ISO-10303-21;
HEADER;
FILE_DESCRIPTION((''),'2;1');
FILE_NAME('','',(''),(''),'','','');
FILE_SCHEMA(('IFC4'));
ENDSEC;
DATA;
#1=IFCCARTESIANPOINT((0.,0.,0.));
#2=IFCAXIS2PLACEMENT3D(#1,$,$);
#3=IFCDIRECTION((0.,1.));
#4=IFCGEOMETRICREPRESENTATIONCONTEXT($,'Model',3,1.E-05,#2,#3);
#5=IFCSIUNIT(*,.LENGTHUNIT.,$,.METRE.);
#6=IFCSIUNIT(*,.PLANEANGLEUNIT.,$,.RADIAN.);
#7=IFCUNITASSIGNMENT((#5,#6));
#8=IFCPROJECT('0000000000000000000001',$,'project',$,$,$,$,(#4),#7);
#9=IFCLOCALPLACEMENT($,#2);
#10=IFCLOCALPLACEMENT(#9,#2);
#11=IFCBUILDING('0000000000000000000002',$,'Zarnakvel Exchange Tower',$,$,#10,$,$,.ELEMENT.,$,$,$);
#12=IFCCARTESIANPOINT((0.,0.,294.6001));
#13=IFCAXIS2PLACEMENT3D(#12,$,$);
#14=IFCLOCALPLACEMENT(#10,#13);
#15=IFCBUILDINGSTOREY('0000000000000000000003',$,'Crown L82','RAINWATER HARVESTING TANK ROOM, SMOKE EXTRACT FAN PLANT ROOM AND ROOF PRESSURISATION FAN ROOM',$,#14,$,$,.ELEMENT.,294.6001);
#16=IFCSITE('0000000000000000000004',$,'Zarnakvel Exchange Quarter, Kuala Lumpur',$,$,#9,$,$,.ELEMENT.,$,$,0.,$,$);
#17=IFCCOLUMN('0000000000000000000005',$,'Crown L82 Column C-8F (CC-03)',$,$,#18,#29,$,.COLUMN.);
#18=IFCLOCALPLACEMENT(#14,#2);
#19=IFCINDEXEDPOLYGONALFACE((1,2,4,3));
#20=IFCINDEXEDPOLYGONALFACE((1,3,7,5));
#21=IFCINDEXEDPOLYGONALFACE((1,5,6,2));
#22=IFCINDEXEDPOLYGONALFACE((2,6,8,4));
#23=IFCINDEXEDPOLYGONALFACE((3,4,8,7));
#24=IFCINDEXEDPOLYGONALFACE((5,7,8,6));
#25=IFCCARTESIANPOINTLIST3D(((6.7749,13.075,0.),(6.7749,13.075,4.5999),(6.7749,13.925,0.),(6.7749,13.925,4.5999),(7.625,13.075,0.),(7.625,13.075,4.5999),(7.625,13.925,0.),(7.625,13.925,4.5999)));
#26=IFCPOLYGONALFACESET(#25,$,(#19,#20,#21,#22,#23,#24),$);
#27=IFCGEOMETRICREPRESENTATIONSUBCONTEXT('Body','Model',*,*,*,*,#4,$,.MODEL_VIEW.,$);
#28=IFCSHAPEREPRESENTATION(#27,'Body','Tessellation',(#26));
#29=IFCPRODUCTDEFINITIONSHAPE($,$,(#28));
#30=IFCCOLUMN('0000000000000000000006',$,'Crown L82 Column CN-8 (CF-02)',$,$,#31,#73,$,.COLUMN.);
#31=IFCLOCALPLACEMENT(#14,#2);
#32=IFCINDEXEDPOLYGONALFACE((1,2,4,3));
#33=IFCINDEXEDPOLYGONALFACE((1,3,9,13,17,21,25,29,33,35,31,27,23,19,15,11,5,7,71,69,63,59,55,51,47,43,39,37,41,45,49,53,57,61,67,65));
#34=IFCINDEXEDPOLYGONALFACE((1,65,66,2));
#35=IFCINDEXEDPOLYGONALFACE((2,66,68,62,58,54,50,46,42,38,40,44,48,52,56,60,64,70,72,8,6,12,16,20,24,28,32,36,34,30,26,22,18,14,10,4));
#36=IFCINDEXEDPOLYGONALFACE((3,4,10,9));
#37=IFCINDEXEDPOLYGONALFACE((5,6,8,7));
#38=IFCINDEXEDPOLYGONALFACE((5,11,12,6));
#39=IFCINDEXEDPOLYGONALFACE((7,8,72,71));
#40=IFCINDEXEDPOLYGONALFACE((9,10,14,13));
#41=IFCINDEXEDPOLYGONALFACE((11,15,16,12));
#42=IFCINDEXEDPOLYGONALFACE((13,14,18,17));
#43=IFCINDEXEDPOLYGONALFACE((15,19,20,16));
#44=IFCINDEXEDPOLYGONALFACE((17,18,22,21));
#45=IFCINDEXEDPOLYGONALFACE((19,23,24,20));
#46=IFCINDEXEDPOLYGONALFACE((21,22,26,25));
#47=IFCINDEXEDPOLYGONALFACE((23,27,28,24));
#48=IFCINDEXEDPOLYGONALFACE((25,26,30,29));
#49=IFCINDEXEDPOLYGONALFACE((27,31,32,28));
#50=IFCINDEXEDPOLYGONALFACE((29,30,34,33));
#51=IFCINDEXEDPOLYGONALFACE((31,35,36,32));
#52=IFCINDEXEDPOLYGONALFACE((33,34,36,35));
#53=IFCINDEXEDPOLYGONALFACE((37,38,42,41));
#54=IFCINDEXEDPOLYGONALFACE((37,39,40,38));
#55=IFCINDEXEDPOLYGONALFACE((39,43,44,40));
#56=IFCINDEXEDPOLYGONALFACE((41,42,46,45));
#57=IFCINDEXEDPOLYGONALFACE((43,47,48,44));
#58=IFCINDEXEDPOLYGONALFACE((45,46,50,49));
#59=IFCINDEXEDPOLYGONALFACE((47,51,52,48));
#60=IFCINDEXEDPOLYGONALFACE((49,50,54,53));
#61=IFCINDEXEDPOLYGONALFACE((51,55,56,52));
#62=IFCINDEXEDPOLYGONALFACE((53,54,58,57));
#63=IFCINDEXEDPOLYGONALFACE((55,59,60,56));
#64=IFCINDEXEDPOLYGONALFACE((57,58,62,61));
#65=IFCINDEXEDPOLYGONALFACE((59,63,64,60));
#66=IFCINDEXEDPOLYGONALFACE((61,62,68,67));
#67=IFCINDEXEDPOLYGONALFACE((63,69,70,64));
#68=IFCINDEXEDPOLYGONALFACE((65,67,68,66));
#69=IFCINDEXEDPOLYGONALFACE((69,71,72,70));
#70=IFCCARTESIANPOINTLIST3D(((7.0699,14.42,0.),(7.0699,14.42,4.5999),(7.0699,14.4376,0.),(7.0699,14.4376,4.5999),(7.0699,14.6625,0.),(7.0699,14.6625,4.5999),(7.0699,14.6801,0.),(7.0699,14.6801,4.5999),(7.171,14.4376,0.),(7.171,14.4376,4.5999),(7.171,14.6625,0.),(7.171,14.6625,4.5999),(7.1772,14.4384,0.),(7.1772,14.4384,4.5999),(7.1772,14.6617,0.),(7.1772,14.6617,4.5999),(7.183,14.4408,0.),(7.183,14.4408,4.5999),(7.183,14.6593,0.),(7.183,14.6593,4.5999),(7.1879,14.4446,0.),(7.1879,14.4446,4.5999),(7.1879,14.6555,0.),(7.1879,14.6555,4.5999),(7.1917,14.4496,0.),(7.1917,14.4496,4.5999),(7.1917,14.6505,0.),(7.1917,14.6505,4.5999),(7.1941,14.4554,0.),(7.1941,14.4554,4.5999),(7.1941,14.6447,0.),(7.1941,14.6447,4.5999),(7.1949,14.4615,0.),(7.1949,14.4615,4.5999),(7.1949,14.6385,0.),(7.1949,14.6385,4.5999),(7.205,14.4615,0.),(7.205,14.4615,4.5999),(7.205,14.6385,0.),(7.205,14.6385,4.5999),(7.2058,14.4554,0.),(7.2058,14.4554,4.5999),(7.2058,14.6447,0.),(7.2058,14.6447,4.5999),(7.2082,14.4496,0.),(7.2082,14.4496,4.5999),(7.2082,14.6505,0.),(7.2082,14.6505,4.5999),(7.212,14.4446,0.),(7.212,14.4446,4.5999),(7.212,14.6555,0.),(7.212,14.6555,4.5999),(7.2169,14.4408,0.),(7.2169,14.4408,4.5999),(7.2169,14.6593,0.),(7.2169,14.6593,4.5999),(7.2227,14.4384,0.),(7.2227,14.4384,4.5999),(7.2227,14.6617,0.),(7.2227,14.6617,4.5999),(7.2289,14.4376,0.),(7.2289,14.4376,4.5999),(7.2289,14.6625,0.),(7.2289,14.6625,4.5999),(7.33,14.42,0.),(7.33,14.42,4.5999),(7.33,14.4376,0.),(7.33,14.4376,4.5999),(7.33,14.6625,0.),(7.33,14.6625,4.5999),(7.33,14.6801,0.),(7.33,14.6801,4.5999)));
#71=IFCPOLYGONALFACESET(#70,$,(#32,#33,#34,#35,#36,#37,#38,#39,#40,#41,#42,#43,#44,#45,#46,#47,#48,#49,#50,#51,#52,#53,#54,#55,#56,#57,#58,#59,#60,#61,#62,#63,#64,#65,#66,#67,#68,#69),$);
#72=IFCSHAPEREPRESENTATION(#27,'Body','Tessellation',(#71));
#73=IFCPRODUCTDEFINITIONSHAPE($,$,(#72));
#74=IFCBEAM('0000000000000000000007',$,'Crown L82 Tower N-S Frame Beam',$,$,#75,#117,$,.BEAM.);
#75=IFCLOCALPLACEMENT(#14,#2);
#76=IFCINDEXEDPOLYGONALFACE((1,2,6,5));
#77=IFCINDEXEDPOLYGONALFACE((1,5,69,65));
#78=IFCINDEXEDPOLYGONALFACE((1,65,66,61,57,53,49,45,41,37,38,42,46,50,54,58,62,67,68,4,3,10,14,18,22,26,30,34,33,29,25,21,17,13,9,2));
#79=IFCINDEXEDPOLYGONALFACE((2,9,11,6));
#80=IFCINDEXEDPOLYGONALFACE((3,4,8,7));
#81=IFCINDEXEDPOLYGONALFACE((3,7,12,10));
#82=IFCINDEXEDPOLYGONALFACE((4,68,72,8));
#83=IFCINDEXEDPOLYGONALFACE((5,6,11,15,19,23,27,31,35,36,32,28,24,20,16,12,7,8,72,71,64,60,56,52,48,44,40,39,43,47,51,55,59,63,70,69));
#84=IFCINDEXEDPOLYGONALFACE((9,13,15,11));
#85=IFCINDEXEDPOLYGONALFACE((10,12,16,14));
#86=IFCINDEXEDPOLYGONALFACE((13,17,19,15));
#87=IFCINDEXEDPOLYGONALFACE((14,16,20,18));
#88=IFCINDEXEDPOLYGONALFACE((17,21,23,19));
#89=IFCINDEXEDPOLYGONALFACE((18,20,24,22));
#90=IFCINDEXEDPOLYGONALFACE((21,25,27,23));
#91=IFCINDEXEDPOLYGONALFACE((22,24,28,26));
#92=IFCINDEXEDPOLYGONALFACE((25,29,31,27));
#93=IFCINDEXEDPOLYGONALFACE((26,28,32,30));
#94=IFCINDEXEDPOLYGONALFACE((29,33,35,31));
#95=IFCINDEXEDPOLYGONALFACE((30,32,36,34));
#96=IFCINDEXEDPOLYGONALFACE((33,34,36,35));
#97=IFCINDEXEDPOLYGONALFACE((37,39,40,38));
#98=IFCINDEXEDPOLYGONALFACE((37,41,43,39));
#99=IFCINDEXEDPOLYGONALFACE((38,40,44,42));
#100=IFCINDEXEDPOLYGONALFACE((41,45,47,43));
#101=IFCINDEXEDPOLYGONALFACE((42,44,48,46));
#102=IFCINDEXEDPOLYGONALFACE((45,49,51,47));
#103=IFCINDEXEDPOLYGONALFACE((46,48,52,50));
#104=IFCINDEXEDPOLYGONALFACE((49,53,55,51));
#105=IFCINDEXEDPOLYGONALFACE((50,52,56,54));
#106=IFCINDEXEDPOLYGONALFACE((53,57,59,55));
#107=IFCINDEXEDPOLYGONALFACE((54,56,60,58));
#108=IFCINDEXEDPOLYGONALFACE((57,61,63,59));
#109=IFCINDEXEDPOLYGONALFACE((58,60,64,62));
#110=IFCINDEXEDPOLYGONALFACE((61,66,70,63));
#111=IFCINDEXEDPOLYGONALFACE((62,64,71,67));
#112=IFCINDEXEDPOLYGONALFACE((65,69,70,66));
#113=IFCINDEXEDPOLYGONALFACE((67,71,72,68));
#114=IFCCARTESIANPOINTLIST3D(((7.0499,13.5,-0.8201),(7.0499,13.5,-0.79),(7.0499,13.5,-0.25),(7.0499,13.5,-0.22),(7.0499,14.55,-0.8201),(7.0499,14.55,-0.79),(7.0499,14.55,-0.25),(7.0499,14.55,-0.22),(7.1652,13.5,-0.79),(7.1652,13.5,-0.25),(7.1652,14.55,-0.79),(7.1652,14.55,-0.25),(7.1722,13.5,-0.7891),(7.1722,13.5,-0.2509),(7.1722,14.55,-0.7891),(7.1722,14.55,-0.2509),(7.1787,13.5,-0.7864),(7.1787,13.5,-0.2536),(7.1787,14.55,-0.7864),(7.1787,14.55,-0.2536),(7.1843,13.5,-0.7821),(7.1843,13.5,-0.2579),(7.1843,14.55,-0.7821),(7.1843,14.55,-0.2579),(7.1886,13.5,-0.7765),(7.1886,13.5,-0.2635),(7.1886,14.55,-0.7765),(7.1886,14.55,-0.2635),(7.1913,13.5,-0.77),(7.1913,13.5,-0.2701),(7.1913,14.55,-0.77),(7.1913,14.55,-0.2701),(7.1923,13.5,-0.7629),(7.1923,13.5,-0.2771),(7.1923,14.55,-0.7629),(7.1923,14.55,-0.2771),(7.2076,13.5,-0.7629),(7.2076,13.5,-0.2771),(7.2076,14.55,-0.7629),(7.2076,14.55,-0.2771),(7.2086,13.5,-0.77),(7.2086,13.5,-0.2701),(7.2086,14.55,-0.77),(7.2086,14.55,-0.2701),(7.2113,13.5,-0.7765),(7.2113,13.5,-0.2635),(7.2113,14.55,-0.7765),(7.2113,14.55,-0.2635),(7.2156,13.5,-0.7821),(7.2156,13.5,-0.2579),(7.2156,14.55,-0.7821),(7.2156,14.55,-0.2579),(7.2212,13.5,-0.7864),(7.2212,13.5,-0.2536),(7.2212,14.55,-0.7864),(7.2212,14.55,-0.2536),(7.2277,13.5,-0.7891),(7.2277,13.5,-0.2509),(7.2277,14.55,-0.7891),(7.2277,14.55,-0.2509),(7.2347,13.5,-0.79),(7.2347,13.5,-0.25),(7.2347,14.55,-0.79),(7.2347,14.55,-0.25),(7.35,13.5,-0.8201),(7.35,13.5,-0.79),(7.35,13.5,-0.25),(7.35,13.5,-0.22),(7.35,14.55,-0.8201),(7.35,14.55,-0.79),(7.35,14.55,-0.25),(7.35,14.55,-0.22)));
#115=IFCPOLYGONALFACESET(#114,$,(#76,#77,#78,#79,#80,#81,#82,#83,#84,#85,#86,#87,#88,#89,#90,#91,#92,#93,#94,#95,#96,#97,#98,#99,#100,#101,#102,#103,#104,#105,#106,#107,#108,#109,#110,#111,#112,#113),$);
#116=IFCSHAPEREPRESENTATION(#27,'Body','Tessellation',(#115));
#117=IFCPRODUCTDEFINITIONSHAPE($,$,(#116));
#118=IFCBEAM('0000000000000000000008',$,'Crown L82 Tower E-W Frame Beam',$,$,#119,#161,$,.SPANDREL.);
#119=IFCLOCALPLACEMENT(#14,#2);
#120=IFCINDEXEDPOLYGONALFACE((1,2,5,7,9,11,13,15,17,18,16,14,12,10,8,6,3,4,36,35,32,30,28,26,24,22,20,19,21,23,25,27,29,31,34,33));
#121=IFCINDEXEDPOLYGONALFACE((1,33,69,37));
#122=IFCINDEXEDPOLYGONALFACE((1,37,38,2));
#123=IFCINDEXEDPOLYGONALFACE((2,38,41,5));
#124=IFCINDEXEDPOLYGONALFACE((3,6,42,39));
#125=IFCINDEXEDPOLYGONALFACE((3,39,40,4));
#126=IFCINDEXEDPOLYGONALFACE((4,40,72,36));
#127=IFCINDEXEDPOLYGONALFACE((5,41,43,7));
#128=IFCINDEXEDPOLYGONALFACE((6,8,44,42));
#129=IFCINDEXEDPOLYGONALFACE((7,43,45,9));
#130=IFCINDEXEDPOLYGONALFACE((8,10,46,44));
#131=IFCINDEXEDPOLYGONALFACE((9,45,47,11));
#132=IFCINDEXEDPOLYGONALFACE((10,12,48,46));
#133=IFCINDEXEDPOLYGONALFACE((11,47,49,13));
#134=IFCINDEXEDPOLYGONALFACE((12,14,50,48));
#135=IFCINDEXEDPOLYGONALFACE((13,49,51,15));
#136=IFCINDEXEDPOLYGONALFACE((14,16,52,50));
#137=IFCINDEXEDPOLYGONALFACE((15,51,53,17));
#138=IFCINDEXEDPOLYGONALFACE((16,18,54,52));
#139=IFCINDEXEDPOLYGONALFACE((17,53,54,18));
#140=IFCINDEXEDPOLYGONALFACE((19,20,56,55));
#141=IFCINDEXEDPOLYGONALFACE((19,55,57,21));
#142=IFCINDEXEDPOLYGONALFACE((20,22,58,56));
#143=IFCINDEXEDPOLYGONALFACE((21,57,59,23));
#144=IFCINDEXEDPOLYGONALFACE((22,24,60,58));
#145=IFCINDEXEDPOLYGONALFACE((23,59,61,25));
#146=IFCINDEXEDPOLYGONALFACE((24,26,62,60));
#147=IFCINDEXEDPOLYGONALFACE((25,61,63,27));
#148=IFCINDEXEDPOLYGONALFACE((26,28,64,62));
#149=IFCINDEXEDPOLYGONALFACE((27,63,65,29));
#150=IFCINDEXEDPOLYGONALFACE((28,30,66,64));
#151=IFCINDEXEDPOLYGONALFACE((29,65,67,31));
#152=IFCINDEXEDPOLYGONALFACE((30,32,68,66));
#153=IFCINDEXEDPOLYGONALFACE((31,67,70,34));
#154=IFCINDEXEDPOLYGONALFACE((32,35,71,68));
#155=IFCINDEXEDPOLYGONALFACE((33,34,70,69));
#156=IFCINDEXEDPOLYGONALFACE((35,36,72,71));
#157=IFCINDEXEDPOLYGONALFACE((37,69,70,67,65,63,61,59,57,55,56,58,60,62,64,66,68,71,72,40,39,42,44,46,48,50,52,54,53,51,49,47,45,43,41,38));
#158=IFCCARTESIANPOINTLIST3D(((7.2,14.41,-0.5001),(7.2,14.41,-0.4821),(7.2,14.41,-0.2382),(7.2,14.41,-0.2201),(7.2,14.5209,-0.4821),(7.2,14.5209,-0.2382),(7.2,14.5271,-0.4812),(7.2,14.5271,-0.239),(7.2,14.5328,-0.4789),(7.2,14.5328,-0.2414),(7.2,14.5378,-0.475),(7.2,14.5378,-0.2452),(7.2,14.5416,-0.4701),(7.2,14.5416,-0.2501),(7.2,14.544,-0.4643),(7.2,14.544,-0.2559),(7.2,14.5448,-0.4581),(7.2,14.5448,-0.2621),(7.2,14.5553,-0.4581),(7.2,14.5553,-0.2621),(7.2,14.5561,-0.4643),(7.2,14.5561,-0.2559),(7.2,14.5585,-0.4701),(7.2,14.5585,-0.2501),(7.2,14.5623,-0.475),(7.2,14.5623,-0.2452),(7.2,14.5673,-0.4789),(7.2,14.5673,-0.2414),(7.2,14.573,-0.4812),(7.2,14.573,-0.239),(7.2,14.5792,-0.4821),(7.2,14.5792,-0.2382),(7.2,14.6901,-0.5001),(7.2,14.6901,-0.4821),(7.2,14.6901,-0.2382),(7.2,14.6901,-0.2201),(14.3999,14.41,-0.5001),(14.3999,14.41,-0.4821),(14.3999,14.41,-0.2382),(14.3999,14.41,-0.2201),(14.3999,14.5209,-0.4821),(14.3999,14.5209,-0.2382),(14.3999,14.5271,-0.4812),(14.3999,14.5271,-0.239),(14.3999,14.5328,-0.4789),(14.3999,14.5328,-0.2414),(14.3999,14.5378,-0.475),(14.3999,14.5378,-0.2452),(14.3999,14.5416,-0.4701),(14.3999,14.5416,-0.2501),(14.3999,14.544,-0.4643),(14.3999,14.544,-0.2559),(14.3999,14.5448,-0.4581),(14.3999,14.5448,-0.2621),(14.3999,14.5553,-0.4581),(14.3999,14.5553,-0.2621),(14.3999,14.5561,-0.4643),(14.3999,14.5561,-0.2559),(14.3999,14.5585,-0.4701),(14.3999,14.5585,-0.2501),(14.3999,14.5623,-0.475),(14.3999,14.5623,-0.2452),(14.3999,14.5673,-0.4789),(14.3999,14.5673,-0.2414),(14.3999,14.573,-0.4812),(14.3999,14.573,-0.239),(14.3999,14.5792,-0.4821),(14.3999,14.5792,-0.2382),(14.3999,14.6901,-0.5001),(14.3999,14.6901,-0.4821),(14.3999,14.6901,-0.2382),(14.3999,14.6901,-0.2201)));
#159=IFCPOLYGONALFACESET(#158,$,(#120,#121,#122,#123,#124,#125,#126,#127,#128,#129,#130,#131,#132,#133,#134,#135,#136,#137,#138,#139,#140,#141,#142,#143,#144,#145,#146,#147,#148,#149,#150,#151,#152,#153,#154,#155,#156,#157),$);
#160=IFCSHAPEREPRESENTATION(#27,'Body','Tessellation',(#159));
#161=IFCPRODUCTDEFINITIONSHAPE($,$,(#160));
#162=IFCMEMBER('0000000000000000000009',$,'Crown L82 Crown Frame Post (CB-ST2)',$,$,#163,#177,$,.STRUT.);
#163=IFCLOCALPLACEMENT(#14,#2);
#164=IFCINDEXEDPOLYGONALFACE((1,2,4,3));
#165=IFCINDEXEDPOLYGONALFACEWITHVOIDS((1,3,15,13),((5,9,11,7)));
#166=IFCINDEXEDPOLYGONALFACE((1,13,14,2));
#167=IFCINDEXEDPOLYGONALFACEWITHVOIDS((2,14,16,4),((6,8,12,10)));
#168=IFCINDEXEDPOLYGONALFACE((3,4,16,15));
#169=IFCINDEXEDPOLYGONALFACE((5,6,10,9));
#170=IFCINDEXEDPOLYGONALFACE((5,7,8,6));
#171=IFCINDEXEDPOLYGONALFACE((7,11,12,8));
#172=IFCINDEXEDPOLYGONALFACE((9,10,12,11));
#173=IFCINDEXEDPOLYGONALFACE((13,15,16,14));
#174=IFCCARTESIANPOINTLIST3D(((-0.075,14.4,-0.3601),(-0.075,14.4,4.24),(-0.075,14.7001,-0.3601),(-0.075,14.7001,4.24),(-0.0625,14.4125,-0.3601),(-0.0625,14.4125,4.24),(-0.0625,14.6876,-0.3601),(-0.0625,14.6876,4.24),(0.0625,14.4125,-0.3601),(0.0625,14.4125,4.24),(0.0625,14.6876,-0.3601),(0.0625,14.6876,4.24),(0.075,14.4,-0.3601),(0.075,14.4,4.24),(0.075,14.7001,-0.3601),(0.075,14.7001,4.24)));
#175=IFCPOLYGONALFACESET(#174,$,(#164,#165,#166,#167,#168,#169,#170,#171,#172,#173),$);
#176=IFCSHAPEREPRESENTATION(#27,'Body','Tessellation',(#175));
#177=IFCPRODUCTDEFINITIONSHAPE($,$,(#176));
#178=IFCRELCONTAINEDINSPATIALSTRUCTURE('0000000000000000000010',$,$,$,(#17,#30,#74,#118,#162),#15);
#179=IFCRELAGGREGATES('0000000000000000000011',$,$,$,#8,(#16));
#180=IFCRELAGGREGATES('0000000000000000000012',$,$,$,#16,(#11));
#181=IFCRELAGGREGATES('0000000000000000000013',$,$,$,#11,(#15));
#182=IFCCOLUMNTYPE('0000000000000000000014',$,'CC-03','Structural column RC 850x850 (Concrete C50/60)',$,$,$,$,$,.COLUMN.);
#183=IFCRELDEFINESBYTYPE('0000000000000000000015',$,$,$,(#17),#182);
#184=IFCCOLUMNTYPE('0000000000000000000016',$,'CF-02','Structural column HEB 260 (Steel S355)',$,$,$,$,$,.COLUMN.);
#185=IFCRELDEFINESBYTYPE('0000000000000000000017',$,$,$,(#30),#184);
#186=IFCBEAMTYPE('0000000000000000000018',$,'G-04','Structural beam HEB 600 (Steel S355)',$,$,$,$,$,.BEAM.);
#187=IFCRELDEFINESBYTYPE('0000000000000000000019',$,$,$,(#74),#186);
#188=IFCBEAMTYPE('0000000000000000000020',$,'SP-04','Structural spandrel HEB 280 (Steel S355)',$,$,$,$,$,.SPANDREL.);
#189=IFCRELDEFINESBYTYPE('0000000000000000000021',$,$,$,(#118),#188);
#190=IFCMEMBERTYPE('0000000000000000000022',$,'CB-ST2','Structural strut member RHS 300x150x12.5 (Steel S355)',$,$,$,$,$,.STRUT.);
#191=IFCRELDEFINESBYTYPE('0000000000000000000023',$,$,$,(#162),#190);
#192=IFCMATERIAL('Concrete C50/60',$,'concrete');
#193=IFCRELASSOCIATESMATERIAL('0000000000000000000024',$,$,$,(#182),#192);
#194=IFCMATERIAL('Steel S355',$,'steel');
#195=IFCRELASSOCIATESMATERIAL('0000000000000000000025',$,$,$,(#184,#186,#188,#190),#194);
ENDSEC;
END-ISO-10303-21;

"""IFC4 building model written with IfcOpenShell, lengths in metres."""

from ifc_helpers import new_model, si_unit, direction, frame, origin, origin_2d, place, context, subcontext, project, spatial, rectangle, hollow_rectangle, i_section, extrude, source, transform, mapped, material, material_profile, profile_set, type_object, element, save


model = new_model("IFC4")

# Units and contexts
model_context = context("Model", 3, precision=1e-05, world=origin(), true_north=direction((0.0, 1.0)))
body_context = subcontext(model_context, "Body", "Model", "MODEL_VIEW")
ifc_project = project(units=[si_unit("LENGTHUNIT", "METRE"), si_unit("PLANEANGLEUNIT", "RADIAN")], contexts=[model_context])

# Site, building, storey
site_placement = place(None, origin())
site = spatial("IfcSite", under=ifc_project, at=site_placement, Name="Zarnakvel Exchange Quarter, Kuala Lumpur", CompositionType="ELEMENT", RefElevation=0.0)
building_placement = place(site_placement, origin())
building = spatial("IfcBuilding", under=site, at=building_placement, Name="Zarnakvel Exchange Tower", CompositionType="ELEMENT")
storey_placement = place(building_placement, frame((0.0, 0.0, 294.6001)))
storey = spatial("IfcBuildingStorey", under=building, at=storey_placement, Name="Crown L82", Description="RAINWATER HARVESTING TANK ROOM, SMOKE EXTRACT FAN PLANT ROOM AND ROOF PRESSURISATION FAN ROOM", CompositionType="ELEMENT", Elevation=294.6001)

# Columns
ifc_material_1 = material(Name="Concrete C50/60", Category="concrete")
ifc_material_profile_1 = material_profile(ifc_material_1, rectangle(XDim=0.8501, YDim=0.8501, at=origin_2d()))
ifc_profile_set_1 = profile_set([ifc_material_profile_1], Name="Concrete C50/60")
column_type_1 = type_object("IfcColumnType", Name="CC-03", Description="Structural column RC 850x850 (Concrete C50/60)", PredefinedType="COLUMN", material=ifc_profile_set_1)
column_1_placement = place(storey_placement, frame((7.2, 13.5, 0.0), z_axis=(0.0, 0.0, 1.0), x_axis=(1.0, 0.0, 0.0)))
element("IfcColumn", 1, at=column_1_placement, inside=storey, type_object=column_type_1, Name="Crown L82 Column C-8F (CC-03)", PredefinedType="COLUMN", context=body_context, shape_type="SweptSolid", body=[
    extrude(rectangle(XDim=0.8501, YDim=0.8501, at=origin_2d()), origin(), (0.0, 0.0, 1.0), 4.5999),
])
ifc_material_2 = material(Name="Steel S355", Category="steel")
ifc_material_profile_2 = material_profile(ifc_material_2, i_section(OverallWidth=0.26, OverallDepth=0.26, WebThickness=0.01, FlangeThickness=0.0176, FilletRadius=0.0239, at=origin_2d()))
ifc_profile_set_2 = profile_set([ifc_material_profile_2], Name="Steel S355")
column_type_2 = type_object("IfcColumnType", Name="CF-02", Description="Structural column HEB 260 (Steel S355)", PredefinedType="COLUMN", material=ifc_profile_set_2)
column_2_placement = place(storey_placement, frame((7.2, 14.55, 0.0), z_axis=(0.0, 0.0, 1.0), x_axis=(1.0, 0.0, 0.0)))
element("IfcColumn", 2, at=column_2_placement, inside=storey, type_object=column_type_2, Name="Crown L82 Column CN-8 (CF-02)", PredefinedType="COLUMN", context=body_context, shape_type="SweptSolid", body=[
    extrude(i_section(OverallWidth=0.26, OverallDepth=0.26, WebThickness=0.01, FlangeThickness=0.0176, FilletRadius=0.0239, at=origin_2d()), origin(), (0.0, 0.0, 1.0), 4.5999),
])

# Beams
ifc_material_profile_3 = material_profile(ifc_material_2, i_section(OverallWidth=0.3, OverallDepth=0.6001, WebThickness=0.0154, FlangeThickness=0.03, FilletRadius=0.0271, at=origin_2d()))
ifc_profile_set_3 = profile_set([ifc_material_profile_3], Name="Steel S355")
beam_type_1 = type_object("IfcBeamType", Name="G-04", Description="Structural beam HEB 600 (Steel S355)", PredefinedType="BEAM", material=ifc_profile_set_3)
beam_1_placement = place(storey_placement, frame((7.2, 13.5, -0.52), z_axis=(0.0, 1.0, 0.0), x_axis=(-1.0, 0.0, 0.0)))
element("IfcBeam", 3, at=beam_1_placement, inside=storey, type_object=beam_type_1, Name="Crown L82 Tower N-S Frame Beam", PredefinedType="BEAM", context=body_context, shape_type="SweptSolid", body=[
    extrude(i_section(OverallWidth=0.3, OverallDepth=0.6001, WebThickness=0.0154, FlangeThickness=0.03, FilletRadius=0.0271, at=origin_2d()), origin(), (0.0, 0.0, 1.0), 1.05),
])
ifc_material_profile_4 = material_profile(ifc_material_2, i_section(OverallWidth=0.28, OverallDepth=0.28, WebThickness=0.0105, FlangeThickness=0.0181, FilletRadius=0.0239, at=origin_2d()))
ifc_profile_set_4 = profile_set([ifc_material_profile_4], Name="Steel S355")
beam_type_2 = type_object("IfcBeamType", Name="SP-04", Description="Structural spandrel HEB 280 (Steel S355)", PredefinedType="SPANDREL", material=ifc_profile_set_4)
beam_2_placement = place(storey_placement, frame((7.2, 14.55, -0.3601), z_axis=(1.0, 0.0, 0.0), x_axis=(0.0, 1.0, 0.0)))
element("IfcBeam", 4, at=beam_2_placement, inside=storey, type_object=beam_type_2, Name="Crown L82 Tower E-W Frame Beam", PredefinedType="SPANDREL", context=body_context, shape_type="SweptSolid", body=[
    extrude(i_section(OverallWidth=0.28, OverallDepth=0.28, WebThickness=0.0105, FlangeThickness=0.0181, FilletRadius=0.0239, at=origin_2d()), origin(), (0.0, 0.0, 1.0), 7.2),
])

# Member
ifc_material_profile_5 = material_profile(ifc_material_2, hollow_rectangle(XDim=0.1499, YDim=0.3, WallThickness=0.0125, at=origin_2d()))
ifc_profile_set_5 = profile_set([ifc_material_profile_5], Name="Steel S355")
member_type = type_object("IfcMemberType", Name="CB-ST2", Description="Structural strut member RHS 300x150x12.5 (Steel S355)", PredefinedType="STRUT", material=ifc_profile_set_5)
shared_shape_1 = source(origin(), body_context, "Body", "SweptSolid", [
    extrude(hollow_rectangle(XDim=0.1499, YDim=0.3, WallThickness=0.0125, at=origin_2d()), origin(), (0.0, 0.0, 1.0), 4.6001),
])
member_placement = place(storey_placement, frame((0.0, 14.55, -0.3601), z_axis=(0.0, 0.0, 1.0), x_axis=(1.0, 0.0, 0.0)))
element("IfcMember", 5, at=member_placement, inside=storey, type_object=member_type, Name="Crown L82 Crown Frame Post (CB-ST2)", PredefinedType="STRUT", context=body_context, shape_type="MappedRepresentation", body=[
    mapped(shared_shape_1, transform((0.0, 0.0, 0.0), x_axis=(1.0, 0.0, 0.0), y_axis=(0.0, 1.0, 0.0), z_axis=(0.0, 0.0, 1.0), scale=1.0)),
])

save(model, "model.ifc")
